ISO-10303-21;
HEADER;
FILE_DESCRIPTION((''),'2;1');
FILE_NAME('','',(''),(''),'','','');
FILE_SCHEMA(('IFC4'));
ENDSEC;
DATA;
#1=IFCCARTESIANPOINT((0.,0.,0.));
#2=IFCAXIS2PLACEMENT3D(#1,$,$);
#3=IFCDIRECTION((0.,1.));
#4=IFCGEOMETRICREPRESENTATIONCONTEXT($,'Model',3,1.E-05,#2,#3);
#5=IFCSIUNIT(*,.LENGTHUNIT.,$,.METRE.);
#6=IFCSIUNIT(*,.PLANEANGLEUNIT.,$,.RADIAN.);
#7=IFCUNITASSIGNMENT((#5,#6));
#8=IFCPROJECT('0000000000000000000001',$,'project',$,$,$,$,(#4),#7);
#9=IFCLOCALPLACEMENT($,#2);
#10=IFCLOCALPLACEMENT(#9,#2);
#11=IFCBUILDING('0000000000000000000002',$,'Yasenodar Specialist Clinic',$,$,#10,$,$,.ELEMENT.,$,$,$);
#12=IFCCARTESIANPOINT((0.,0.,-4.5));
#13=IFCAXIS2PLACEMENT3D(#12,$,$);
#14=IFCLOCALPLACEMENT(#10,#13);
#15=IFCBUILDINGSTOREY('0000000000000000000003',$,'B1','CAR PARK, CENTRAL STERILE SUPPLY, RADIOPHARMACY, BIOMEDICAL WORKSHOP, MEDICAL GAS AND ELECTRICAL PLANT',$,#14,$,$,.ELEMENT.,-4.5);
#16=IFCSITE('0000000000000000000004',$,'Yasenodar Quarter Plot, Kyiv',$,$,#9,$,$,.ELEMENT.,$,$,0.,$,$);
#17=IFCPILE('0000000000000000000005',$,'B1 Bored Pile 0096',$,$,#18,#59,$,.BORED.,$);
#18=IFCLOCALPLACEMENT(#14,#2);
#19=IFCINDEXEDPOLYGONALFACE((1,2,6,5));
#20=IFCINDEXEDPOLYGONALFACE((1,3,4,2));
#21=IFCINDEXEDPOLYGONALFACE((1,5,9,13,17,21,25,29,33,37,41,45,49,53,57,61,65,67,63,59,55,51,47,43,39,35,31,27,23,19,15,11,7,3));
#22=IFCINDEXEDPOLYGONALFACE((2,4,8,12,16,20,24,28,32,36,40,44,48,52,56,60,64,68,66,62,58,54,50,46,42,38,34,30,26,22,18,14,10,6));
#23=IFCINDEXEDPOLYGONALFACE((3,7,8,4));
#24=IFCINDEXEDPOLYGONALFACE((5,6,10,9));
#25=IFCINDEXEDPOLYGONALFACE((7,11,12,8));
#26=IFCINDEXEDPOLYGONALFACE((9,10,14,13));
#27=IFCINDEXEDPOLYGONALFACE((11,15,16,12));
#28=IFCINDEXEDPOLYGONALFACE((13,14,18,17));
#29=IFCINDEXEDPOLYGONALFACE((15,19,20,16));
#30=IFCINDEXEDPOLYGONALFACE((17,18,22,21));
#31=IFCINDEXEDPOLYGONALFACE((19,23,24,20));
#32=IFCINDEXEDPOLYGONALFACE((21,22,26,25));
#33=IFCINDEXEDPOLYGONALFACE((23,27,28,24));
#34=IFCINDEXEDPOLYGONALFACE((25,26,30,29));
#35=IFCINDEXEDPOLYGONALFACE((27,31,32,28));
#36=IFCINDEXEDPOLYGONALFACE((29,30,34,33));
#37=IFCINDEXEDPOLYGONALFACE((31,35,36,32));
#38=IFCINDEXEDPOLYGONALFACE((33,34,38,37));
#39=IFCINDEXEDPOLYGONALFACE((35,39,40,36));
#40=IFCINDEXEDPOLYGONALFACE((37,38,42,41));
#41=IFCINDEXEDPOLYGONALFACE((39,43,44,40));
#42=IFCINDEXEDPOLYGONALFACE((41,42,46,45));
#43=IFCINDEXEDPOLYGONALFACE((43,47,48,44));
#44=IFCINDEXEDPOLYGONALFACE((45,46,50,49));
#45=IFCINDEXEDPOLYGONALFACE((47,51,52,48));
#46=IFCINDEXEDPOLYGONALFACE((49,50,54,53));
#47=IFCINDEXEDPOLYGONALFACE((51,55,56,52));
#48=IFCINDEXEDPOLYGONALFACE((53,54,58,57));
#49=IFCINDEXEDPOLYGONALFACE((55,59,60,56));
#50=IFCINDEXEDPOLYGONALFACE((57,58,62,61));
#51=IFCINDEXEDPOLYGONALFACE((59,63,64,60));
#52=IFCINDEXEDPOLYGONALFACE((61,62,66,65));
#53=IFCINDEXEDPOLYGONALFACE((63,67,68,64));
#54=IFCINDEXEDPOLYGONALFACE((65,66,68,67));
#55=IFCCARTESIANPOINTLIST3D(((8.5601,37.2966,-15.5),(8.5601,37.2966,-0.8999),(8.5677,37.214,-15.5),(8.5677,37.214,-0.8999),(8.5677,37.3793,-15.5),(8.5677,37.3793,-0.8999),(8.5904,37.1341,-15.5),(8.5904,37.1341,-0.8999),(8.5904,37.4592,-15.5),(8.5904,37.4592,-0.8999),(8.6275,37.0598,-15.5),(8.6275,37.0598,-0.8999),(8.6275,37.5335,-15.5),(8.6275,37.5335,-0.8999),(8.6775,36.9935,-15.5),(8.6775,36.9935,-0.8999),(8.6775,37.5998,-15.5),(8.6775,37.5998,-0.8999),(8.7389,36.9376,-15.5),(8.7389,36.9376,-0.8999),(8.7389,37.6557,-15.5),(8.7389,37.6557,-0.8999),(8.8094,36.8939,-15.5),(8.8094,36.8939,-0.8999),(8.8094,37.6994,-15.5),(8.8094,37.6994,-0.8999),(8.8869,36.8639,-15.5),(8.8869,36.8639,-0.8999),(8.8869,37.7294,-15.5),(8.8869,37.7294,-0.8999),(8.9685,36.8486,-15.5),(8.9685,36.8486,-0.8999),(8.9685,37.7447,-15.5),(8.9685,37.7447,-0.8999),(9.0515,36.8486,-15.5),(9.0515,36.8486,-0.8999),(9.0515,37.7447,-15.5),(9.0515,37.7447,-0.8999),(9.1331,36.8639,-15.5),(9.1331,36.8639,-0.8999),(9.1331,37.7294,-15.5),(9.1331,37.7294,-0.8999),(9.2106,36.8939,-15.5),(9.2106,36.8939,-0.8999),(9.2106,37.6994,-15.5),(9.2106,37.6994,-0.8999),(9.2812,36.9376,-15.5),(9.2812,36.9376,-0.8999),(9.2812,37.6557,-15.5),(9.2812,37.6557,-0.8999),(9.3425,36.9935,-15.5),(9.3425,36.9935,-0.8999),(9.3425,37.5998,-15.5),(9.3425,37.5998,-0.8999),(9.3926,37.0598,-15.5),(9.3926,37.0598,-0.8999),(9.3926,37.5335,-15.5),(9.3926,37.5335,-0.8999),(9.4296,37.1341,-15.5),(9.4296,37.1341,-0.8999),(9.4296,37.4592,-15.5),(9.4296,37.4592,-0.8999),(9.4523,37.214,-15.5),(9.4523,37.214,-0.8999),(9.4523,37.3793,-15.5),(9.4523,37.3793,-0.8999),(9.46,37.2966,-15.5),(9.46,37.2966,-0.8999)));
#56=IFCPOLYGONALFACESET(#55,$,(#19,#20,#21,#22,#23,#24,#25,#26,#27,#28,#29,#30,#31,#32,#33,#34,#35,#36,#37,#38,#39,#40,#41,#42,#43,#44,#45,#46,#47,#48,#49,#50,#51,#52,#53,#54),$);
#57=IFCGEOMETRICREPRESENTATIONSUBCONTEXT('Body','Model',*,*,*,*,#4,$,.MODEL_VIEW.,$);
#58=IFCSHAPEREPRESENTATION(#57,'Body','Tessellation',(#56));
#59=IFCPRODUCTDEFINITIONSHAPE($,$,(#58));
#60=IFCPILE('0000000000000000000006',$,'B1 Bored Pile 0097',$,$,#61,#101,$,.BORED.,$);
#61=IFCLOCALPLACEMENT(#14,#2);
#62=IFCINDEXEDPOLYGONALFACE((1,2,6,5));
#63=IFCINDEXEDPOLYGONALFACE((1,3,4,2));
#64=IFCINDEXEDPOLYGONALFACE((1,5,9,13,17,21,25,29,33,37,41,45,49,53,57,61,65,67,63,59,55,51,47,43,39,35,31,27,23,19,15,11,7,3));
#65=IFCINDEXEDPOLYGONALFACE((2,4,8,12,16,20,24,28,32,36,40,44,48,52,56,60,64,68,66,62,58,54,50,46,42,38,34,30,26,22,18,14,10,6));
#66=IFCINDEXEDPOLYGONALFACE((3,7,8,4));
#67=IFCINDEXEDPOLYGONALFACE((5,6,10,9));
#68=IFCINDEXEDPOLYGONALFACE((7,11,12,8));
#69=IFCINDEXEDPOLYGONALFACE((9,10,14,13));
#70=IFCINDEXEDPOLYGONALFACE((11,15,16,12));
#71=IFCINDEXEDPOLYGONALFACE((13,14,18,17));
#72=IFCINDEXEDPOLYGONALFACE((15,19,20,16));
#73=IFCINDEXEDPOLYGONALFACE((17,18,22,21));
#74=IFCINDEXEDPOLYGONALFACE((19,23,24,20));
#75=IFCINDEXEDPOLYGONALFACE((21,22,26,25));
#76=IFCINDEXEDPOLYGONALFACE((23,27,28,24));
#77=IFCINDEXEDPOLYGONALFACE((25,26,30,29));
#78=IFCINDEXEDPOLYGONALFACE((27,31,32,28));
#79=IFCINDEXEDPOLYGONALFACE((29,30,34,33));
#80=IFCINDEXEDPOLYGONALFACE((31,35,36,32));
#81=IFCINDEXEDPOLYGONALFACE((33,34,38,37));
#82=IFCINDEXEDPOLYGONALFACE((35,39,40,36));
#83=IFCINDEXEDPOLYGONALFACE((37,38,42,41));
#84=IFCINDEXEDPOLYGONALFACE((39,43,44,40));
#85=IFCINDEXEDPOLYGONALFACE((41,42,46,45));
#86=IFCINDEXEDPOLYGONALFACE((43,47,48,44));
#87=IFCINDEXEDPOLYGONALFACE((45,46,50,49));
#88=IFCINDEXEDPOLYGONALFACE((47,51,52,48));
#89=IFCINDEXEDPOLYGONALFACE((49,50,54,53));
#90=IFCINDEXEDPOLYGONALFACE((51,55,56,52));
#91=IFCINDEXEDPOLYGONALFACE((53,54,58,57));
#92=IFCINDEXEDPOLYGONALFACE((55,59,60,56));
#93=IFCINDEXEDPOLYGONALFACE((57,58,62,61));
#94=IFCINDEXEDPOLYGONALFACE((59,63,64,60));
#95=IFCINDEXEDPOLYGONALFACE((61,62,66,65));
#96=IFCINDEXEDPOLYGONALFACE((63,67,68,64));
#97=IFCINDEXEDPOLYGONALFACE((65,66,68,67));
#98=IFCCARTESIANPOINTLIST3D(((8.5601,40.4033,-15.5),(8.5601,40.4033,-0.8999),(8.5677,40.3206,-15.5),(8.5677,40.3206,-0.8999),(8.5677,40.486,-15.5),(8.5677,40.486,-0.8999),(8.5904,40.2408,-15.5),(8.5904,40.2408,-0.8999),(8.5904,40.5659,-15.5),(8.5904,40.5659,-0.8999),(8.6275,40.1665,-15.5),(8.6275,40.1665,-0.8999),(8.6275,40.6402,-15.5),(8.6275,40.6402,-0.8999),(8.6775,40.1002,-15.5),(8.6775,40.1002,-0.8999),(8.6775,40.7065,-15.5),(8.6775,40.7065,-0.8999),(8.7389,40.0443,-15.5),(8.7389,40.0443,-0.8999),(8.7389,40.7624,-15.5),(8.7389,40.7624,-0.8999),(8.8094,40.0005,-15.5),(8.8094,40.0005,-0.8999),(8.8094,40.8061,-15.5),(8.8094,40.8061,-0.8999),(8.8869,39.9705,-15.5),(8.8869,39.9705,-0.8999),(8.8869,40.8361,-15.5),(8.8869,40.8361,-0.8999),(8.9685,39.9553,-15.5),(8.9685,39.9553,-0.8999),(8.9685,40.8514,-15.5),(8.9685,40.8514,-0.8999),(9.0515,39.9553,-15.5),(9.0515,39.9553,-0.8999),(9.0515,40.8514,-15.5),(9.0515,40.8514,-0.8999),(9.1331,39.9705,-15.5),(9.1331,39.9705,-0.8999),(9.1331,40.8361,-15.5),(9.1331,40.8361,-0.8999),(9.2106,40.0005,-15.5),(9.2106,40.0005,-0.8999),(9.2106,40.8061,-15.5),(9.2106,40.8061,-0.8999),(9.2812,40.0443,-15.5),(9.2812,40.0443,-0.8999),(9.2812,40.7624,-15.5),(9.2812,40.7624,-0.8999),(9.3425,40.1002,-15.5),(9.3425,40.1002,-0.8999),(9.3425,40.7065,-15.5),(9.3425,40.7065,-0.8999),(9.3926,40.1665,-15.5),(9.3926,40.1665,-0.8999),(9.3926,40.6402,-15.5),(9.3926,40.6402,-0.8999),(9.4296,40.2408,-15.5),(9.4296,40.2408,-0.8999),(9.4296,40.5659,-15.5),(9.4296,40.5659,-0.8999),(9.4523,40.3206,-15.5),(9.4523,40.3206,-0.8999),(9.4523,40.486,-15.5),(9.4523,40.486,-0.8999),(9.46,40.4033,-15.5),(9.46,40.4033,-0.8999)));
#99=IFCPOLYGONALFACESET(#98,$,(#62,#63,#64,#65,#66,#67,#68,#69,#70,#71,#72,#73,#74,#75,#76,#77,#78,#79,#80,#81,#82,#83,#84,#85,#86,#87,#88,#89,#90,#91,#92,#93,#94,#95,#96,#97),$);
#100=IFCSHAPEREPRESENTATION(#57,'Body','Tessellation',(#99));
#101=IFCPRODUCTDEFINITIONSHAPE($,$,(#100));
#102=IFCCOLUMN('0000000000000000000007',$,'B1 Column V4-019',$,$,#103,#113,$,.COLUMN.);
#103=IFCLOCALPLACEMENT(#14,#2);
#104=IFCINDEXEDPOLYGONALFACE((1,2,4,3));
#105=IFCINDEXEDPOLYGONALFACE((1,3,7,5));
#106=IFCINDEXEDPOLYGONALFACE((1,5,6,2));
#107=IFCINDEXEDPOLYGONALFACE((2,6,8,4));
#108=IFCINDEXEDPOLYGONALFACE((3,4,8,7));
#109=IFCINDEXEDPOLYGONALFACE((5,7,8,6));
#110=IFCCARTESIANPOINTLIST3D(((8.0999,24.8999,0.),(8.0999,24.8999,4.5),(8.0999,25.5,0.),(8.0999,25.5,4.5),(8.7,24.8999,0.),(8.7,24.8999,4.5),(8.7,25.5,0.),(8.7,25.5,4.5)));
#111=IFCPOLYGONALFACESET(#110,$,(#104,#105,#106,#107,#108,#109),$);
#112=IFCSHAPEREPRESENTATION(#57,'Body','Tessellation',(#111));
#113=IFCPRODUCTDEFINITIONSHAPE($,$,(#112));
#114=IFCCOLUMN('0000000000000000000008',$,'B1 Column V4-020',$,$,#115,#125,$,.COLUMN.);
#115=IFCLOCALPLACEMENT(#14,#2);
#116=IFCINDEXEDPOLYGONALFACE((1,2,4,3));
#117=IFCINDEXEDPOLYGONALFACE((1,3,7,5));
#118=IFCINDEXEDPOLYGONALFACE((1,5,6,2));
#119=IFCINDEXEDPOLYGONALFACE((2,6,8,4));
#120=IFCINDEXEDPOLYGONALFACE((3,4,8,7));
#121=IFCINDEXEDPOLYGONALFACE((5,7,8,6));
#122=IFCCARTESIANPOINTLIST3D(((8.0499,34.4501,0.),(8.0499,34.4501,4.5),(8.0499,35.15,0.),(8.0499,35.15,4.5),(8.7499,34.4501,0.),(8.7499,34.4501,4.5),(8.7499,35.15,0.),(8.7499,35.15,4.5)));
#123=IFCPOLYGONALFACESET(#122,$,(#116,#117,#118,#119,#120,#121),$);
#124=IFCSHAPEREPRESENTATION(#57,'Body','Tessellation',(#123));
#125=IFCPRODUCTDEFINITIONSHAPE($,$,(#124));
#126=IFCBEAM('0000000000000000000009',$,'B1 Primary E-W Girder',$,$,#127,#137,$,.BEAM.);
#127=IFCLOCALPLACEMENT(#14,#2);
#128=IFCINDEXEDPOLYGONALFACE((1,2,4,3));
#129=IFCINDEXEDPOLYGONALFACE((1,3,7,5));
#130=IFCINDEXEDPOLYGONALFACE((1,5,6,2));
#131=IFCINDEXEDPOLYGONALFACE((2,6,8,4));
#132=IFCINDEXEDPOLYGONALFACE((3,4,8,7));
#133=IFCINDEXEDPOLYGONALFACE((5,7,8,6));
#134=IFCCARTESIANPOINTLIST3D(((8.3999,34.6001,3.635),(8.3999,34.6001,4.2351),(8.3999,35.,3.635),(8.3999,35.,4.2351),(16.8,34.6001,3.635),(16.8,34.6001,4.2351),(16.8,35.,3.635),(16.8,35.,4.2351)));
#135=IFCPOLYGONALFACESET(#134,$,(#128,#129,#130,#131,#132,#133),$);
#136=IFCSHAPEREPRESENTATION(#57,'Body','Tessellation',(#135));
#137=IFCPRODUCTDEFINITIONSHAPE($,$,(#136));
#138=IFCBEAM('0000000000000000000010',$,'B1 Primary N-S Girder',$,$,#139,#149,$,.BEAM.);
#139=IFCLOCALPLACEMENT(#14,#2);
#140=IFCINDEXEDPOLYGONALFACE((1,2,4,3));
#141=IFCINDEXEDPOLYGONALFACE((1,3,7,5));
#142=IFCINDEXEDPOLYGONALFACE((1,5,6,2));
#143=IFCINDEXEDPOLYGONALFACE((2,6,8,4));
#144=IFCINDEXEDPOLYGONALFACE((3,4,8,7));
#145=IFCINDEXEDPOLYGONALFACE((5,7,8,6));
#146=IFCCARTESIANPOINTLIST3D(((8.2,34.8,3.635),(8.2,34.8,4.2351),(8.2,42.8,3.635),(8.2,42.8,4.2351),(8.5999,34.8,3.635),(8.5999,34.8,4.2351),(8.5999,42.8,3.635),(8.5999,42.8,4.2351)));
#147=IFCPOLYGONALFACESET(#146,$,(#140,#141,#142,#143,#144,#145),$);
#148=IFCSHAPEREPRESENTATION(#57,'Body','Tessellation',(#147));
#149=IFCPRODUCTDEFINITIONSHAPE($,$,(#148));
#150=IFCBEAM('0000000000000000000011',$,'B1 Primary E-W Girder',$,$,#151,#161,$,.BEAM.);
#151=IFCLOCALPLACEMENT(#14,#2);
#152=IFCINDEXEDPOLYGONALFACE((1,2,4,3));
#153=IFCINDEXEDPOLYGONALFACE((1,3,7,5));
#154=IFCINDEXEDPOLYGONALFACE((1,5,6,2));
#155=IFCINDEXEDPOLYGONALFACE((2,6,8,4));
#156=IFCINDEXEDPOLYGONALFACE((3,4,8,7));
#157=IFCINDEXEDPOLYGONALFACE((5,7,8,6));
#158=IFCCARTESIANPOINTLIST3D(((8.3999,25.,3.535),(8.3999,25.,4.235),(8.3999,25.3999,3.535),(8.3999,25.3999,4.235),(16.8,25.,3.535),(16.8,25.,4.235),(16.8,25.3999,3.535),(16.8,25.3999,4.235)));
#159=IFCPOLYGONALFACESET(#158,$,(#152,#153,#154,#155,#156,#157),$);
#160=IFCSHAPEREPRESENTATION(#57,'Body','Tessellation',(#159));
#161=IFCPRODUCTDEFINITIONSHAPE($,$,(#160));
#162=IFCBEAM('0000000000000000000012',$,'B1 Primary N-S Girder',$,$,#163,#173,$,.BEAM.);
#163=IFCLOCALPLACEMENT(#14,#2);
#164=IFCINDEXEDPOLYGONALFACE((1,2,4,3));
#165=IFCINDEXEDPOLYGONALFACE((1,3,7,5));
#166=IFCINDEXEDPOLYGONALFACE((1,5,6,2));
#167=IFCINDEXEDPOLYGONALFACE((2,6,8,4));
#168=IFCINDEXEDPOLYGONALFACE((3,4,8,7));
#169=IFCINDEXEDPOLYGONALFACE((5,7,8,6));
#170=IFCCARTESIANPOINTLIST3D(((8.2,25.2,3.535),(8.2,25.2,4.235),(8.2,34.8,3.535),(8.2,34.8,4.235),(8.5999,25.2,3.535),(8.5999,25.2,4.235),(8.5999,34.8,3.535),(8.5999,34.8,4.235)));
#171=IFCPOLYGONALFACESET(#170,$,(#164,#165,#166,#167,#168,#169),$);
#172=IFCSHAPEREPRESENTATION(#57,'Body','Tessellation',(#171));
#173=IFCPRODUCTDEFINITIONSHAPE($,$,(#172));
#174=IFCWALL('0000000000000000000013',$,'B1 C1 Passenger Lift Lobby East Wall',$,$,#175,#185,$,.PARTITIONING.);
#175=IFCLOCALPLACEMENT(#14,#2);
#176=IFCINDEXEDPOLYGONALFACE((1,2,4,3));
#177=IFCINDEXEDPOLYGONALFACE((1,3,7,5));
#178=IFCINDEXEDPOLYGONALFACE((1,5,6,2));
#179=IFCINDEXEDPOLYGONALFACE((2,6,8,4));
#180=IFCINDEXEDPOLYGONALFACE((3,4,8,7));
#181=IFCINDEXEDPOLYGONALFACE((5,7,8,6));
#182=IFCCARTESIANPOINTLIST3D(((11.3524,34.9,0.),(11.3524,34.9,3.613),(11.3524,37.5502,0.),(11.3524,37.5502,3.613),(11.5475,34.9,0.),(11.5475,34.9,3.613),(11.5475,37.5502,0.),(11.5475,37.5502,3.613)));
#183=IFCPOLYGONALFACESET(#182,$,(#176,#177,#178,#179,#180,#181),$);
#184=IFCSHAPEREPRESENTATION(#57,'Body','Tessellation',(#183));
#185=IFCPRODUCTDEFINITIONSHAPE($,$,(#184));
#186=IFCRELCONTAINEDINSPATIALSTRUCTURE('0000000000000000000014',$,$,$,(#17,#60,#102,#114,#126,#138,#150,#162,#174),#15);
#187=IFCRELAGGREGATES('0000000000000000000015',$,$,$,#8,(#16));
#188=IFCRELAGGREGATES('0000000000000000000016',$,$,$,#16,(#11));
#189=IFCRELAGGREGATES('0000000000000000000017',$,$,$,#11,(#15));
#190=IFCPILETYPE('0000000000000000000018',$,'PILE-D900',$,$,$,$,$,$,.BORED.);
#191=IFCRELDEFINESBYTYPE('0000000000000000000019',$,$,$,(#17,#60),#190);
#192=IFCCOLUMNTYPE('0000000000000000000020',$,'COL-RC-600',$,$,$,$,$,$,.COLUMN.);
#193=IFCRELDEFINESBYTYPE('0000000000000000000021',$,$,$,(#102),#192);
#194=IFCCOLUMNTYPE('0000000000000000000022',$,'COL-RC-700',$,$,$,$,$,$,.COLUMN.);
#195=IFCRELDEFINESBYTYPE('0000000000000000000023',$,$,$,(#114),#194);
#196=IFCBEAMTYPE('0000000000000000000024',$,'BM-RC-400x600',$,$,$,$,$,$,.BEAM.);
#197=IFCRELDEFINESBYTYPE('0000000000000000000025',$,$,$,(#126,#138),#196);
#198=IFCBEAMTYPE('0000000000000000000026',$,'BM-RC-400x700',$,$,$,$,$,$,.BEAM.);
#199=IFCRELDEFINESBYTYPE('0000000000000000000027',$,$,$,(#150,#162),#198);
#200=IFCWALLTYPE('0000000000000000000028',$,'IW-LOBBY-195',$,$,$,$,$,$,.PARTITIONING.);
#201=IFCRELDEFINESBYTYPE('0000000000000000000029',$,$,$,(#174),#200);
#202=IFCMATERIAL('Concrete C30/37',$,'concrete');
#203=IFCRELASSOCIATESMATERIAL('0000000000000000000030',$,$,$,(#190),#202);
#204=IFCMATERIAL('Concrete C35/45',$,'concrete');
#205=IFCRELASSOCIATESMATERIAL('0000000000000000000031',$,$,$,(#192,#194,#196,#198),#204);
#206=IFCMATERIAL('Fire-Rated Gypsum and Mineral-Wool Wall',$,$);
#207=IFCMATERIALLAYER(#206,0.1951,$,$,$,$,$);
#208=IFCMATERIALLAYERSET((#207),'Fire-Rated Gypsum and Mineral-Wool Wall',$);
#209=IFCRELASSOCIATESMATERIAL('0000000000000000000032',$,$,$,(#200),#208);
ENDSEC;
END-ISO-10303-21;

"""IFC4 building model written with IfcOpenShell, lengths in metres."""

from ifc_helpers import new_model, si_unit, direction, frame, frame_2d, origin, origin_2d, place, context, subcontext, project, spatial, rectangle, circle, extrude, material, layer, layer_set, material_profile, profile_set, type_object, element, save


model = new_model("IFC4")

# Units and contexts
model_context = context("Model", 3, precision=1e-05, world=origin(), true_north=direction((0.0, 1.0)))
body_context = subcontext(model_context, "Body", "Model", "MODEL_VIEW")
ifc_project = project(units=[si_unit("LENGTHUNIT", "METRE"), si_unit("PLANEANGLEUNIT", "RADIAN")], contexts=[model_context])

# Site, building, storey
site_placement = place(None, origin())
site = spatial("IfcSite", under=ifc_project, at=site_placement, Name="Yasenodar Quarter Plot, Kyiv", CompositionType="ELEMENT", RefElevation=0.0)
building_placement = place(site_placement, origin())
building = spatial("IfcBuilding", under=site, at=building_placement, Name="Yasenodar Specialist Clinic", CompositionType="ELEMENT")
storey_placement = place(building_placement, frame((0.0, 0.0, -4.5)))
storey = spatial("IfcBuildingStorey", under=building, at=storey_placement, Name="B1", Description="CAR PARK, CENTRAL STERILE SUPPLY, RADIOPHARMACY, BIOMEDICAL WORKSHOP, MEDICAL GAS AND ELECTRICAL PLANT", CompositionType="ELEMENT", Elevation=-4.5)

# Shared definitions
ifc_material_1 = material(Name="Concrete C35/45", Category="concrete")

# Piles
ifc_material_2 = material(Name="Concrete C30/37", Category="concrete")
ifc_material_profile_1 = material_profile(ifc_material_2, circle(Radius=0.45, at=origin_2d()), Name="PILE D900")
ifc_profile_set_1 = profile_set([ifc_material_profile_1], Name="Concrete C30/37")
pile_type_1 = type_object("IfcPileType", Name="PILE-D900", PredefinedType="BORED", material=ifc_profile_set_1)
for number, where, z_axis, x_axis, name in (
    (1, (9.01, 37.2966, -0.8999), (0.0, 0.0, -1.0), (1.0, 0.0, 0.0), "B1 Bored Pile 0096"),
    (2, (9.01, 40.4033, -0.8999), (0.0, 0.0, -1.0), (1.0, 0.0, 0.0), "B1 Bored Pile 0097"),
):
    element("IfcPile", number, at=place(storey_placement, frame(where, z_axis=z_axis, x_axis=x_axis)), inside=storey, type_object=pile_type_1, Name=name, PredefinedType="BORED", context=body_context, shape_type="SweptSolid", body=[
        extrude(circle(Radius=0.45, at=origin_2d()), origin(), (0.0, 0.0, 1.0), 14.6001),
    ])

# Columns
ifc_material_profile_2 = material_profile(ifc_material_1, rectangle(XDim=0.6001, YDim=0.6001, at=origin_2d()), Name="RC 600x600")
ifc_profile_set_2 = profile_set([ifc_material_profile_2], Name="Concrete C35/45")
column_type_1 = type_object("IfcColumnType", Name="COL-RC-600", PredefinedType="COLUMN", material=ifc_profile_set_2)
column_1_placement = place(storey_placement, frame((8.3999, 25.2, 0.0), z_axis=(0.0, 0.0, 1.0), x_axis=(1.0, 0.0, 0.0)))
element("IfcColumn", 3, at=column_1_placement, inside=storey, type_object=column_type_1, Name="B1 Column V4-019", PredefinedType="COLUMN", context=body_context, shape_type="SweptSolid", body=[
    extrude(rectangle(XDim=0.6001, YDim=0.6001, at=origin_2d()), origin(), (0.0, 0.0, 1.0), 4.5),
])
ifc_material_profile_3 = material_profile(ifc_material_1, rectangle(XDim=0.7, YDim=0.7, at=origin_2d()), Name="RC 700x700")
ifc_profile_set_3 = profile_set([ifc_material_profile_3], Name="Concrete C35/45")
column_type_2 = type_object("IfcColumnType", Name="COL-RC-700", PredefinedType="COLUMN", material=ifc_profile_set_3)
column_2_placement = place(storey_placement, frame((8.3999, 34.8, 0.0), z_axis=(0.0, 0.0, 1.0), x_axis=(1.0, 0.0, 0.0)))
element("IfcColumn", 4, at=column_2_placement, inside=storey, type_object=column_type_2, Name="B1 Column V4-020", PredefinedType="COLUMN", context=body_context, shape_type="SweptSolid", body=[
    extrude(rectangle(XDim=0.7, YDim=0.7, at=origin_2d()), origin(), (0.0, 0.0, 1.0), 4.5),
])

# Beams
ifc_material_profile_4 = material_profile(ifc_material_1, rectangle(XDim=0.3999, YDim=0.6001, at=origin_2d()), Name="RC 400x600")
ifc_profile_set_4 = profile_set([ifc_material_profile_4], Name="Concrete C35/45")
beam_type_1 = type_object("IfcBeamType", Name="BM-RC-400x600", PredefinedType="BEAM", material=ifc_profile_set_4)
beam_1_placement = place(storey_placement, frame((8.3999, 34.8, 3.9351), z_axis=(1.0, 0.0, 0.0), x_axis=(0.0, 1.0, 0.0)))
element("IfcBeam", 5, at=beam_1_placement, inside=storey, type_object=beam_type_1, Name="B1 Primary E-W Girder", PredefinedType="BEAM", context=body_context, shape_type="SweptSolid", body=[
    extrude(rectangle(XDim=0.3999, YDim=0.6001, at=origin_2d()), origin(), (0.0, 0.0, 1.0), 8.4001),
])
beam_2_placement = place(storey_placement, frame((8.3999, 34.8, 3.9351), z_axis=(0.0, 1.0, 0.0), x_axis=(-1.0, 0.0, 0.0)))
element("IfcBeam", 6, at=beam_2_placement, inside=storey, type_object=beam_type_1, Name="B1 Primary N-S Girder", PredefinedType="BEAM", context=body_context, shape_type="SweptSolid", body=[
    extrude(rectangle(XDim=0.3999, YDim=0.6001, at=origin_2d()), origin(), (0.0, 0.0, 1.0), 8.0),
])
ifc_material_profile_5 = material_profile(ifc_material_1, rectangle(XDim=0.3999, YDim=0.7, at=origin_2d()), Name="RC 400x700")
ifc_profile_set_5 = profile_set([ifc_material_profile_5], Name="Concrete C35/45")
beam_type_2 = type_object("IfcBeamType", Name="BM-RC-400x700", PredefinedType="BEAM", material=ifc_profile_set_5)
beam_3_placement = place(storey_placement, frame((8.3999, 25.2, 3.885), z_axis=(1.0, 0.0, 0.0), x_axis=(0.0, 1.0, 0.0)))
element("IfcBeam", 7, at=beam_3_placement, inside=storey, type_object=beam_type_2, Name="B1 Primary E-W Girder", PredefinedType="BEAM", context=body_context, shape_type="SweptSolid", body=[
    extrude(rectangle(XDim=0.3999, YDim=0.7, at=origin_2d()), origin(), (0.0, 0.0, 1.0), 8.4001),
])
beam_4_placement = place(storey_placement, frame((8.3999, 25.2, 3.885), z_axis=(0.0, 1.0, 0.0), x_axis=(-1.0, 0.0, 0.0)))
element("IfcBeam", 8, at=beam_4_placement, inside=storey, type_object=beam_type_2, Name="B1 Primary N-S Girder", PredefinedType="BEAM", context=body_context, shape_type="SweptSolid", body=[
    extrude(rectangle(XDim=0.3999, YDim=0.7, at=origin_2d()), origin(), (0.0, 0.0, 1.0), 9.6001),
])

# Shared definitions
ifc_material_3 = material(Name="Fire-Rated Gypsum and Mineral-Wool Wall")
ifc_layer_1 = layer(ifc_material_3, 0.1951)
ifc_layer_set_1 = layer_set([ifc_layer_1], Name="Fire-Rated Gypsum and Mineral-Wool Wall")
wall_type_1 = type_object("IfcWallType", Name="IW-LOBBY-195", PredefinedType="PARTITIONING", material=ifc_layer_set_1)

# Wall
wall_1_placement = place(storey_placement, frame((11.45, 34.8999, 0.0), z_axis=(0.0, 0.0, 1.0), x_axis=(0.0, 1.0, 0.0)))
element("IfcWall", 9, at=wall_1_placement, inside=storey, type_object=wall_type_1, Name="B1 C1 Passenger Lift Lobby East Wall", PredefinedType="PARTITIONING", context=body_context, shape_type="SweptSolid", body=[
    extrude(rectangle(XDim=2.6501, YDim=0.1951, at=frame_2d((1.3252, 0.0))), origin(), (0.0, 0.0, 1.0), 3.613),
])

save(model, "model.ifc")
